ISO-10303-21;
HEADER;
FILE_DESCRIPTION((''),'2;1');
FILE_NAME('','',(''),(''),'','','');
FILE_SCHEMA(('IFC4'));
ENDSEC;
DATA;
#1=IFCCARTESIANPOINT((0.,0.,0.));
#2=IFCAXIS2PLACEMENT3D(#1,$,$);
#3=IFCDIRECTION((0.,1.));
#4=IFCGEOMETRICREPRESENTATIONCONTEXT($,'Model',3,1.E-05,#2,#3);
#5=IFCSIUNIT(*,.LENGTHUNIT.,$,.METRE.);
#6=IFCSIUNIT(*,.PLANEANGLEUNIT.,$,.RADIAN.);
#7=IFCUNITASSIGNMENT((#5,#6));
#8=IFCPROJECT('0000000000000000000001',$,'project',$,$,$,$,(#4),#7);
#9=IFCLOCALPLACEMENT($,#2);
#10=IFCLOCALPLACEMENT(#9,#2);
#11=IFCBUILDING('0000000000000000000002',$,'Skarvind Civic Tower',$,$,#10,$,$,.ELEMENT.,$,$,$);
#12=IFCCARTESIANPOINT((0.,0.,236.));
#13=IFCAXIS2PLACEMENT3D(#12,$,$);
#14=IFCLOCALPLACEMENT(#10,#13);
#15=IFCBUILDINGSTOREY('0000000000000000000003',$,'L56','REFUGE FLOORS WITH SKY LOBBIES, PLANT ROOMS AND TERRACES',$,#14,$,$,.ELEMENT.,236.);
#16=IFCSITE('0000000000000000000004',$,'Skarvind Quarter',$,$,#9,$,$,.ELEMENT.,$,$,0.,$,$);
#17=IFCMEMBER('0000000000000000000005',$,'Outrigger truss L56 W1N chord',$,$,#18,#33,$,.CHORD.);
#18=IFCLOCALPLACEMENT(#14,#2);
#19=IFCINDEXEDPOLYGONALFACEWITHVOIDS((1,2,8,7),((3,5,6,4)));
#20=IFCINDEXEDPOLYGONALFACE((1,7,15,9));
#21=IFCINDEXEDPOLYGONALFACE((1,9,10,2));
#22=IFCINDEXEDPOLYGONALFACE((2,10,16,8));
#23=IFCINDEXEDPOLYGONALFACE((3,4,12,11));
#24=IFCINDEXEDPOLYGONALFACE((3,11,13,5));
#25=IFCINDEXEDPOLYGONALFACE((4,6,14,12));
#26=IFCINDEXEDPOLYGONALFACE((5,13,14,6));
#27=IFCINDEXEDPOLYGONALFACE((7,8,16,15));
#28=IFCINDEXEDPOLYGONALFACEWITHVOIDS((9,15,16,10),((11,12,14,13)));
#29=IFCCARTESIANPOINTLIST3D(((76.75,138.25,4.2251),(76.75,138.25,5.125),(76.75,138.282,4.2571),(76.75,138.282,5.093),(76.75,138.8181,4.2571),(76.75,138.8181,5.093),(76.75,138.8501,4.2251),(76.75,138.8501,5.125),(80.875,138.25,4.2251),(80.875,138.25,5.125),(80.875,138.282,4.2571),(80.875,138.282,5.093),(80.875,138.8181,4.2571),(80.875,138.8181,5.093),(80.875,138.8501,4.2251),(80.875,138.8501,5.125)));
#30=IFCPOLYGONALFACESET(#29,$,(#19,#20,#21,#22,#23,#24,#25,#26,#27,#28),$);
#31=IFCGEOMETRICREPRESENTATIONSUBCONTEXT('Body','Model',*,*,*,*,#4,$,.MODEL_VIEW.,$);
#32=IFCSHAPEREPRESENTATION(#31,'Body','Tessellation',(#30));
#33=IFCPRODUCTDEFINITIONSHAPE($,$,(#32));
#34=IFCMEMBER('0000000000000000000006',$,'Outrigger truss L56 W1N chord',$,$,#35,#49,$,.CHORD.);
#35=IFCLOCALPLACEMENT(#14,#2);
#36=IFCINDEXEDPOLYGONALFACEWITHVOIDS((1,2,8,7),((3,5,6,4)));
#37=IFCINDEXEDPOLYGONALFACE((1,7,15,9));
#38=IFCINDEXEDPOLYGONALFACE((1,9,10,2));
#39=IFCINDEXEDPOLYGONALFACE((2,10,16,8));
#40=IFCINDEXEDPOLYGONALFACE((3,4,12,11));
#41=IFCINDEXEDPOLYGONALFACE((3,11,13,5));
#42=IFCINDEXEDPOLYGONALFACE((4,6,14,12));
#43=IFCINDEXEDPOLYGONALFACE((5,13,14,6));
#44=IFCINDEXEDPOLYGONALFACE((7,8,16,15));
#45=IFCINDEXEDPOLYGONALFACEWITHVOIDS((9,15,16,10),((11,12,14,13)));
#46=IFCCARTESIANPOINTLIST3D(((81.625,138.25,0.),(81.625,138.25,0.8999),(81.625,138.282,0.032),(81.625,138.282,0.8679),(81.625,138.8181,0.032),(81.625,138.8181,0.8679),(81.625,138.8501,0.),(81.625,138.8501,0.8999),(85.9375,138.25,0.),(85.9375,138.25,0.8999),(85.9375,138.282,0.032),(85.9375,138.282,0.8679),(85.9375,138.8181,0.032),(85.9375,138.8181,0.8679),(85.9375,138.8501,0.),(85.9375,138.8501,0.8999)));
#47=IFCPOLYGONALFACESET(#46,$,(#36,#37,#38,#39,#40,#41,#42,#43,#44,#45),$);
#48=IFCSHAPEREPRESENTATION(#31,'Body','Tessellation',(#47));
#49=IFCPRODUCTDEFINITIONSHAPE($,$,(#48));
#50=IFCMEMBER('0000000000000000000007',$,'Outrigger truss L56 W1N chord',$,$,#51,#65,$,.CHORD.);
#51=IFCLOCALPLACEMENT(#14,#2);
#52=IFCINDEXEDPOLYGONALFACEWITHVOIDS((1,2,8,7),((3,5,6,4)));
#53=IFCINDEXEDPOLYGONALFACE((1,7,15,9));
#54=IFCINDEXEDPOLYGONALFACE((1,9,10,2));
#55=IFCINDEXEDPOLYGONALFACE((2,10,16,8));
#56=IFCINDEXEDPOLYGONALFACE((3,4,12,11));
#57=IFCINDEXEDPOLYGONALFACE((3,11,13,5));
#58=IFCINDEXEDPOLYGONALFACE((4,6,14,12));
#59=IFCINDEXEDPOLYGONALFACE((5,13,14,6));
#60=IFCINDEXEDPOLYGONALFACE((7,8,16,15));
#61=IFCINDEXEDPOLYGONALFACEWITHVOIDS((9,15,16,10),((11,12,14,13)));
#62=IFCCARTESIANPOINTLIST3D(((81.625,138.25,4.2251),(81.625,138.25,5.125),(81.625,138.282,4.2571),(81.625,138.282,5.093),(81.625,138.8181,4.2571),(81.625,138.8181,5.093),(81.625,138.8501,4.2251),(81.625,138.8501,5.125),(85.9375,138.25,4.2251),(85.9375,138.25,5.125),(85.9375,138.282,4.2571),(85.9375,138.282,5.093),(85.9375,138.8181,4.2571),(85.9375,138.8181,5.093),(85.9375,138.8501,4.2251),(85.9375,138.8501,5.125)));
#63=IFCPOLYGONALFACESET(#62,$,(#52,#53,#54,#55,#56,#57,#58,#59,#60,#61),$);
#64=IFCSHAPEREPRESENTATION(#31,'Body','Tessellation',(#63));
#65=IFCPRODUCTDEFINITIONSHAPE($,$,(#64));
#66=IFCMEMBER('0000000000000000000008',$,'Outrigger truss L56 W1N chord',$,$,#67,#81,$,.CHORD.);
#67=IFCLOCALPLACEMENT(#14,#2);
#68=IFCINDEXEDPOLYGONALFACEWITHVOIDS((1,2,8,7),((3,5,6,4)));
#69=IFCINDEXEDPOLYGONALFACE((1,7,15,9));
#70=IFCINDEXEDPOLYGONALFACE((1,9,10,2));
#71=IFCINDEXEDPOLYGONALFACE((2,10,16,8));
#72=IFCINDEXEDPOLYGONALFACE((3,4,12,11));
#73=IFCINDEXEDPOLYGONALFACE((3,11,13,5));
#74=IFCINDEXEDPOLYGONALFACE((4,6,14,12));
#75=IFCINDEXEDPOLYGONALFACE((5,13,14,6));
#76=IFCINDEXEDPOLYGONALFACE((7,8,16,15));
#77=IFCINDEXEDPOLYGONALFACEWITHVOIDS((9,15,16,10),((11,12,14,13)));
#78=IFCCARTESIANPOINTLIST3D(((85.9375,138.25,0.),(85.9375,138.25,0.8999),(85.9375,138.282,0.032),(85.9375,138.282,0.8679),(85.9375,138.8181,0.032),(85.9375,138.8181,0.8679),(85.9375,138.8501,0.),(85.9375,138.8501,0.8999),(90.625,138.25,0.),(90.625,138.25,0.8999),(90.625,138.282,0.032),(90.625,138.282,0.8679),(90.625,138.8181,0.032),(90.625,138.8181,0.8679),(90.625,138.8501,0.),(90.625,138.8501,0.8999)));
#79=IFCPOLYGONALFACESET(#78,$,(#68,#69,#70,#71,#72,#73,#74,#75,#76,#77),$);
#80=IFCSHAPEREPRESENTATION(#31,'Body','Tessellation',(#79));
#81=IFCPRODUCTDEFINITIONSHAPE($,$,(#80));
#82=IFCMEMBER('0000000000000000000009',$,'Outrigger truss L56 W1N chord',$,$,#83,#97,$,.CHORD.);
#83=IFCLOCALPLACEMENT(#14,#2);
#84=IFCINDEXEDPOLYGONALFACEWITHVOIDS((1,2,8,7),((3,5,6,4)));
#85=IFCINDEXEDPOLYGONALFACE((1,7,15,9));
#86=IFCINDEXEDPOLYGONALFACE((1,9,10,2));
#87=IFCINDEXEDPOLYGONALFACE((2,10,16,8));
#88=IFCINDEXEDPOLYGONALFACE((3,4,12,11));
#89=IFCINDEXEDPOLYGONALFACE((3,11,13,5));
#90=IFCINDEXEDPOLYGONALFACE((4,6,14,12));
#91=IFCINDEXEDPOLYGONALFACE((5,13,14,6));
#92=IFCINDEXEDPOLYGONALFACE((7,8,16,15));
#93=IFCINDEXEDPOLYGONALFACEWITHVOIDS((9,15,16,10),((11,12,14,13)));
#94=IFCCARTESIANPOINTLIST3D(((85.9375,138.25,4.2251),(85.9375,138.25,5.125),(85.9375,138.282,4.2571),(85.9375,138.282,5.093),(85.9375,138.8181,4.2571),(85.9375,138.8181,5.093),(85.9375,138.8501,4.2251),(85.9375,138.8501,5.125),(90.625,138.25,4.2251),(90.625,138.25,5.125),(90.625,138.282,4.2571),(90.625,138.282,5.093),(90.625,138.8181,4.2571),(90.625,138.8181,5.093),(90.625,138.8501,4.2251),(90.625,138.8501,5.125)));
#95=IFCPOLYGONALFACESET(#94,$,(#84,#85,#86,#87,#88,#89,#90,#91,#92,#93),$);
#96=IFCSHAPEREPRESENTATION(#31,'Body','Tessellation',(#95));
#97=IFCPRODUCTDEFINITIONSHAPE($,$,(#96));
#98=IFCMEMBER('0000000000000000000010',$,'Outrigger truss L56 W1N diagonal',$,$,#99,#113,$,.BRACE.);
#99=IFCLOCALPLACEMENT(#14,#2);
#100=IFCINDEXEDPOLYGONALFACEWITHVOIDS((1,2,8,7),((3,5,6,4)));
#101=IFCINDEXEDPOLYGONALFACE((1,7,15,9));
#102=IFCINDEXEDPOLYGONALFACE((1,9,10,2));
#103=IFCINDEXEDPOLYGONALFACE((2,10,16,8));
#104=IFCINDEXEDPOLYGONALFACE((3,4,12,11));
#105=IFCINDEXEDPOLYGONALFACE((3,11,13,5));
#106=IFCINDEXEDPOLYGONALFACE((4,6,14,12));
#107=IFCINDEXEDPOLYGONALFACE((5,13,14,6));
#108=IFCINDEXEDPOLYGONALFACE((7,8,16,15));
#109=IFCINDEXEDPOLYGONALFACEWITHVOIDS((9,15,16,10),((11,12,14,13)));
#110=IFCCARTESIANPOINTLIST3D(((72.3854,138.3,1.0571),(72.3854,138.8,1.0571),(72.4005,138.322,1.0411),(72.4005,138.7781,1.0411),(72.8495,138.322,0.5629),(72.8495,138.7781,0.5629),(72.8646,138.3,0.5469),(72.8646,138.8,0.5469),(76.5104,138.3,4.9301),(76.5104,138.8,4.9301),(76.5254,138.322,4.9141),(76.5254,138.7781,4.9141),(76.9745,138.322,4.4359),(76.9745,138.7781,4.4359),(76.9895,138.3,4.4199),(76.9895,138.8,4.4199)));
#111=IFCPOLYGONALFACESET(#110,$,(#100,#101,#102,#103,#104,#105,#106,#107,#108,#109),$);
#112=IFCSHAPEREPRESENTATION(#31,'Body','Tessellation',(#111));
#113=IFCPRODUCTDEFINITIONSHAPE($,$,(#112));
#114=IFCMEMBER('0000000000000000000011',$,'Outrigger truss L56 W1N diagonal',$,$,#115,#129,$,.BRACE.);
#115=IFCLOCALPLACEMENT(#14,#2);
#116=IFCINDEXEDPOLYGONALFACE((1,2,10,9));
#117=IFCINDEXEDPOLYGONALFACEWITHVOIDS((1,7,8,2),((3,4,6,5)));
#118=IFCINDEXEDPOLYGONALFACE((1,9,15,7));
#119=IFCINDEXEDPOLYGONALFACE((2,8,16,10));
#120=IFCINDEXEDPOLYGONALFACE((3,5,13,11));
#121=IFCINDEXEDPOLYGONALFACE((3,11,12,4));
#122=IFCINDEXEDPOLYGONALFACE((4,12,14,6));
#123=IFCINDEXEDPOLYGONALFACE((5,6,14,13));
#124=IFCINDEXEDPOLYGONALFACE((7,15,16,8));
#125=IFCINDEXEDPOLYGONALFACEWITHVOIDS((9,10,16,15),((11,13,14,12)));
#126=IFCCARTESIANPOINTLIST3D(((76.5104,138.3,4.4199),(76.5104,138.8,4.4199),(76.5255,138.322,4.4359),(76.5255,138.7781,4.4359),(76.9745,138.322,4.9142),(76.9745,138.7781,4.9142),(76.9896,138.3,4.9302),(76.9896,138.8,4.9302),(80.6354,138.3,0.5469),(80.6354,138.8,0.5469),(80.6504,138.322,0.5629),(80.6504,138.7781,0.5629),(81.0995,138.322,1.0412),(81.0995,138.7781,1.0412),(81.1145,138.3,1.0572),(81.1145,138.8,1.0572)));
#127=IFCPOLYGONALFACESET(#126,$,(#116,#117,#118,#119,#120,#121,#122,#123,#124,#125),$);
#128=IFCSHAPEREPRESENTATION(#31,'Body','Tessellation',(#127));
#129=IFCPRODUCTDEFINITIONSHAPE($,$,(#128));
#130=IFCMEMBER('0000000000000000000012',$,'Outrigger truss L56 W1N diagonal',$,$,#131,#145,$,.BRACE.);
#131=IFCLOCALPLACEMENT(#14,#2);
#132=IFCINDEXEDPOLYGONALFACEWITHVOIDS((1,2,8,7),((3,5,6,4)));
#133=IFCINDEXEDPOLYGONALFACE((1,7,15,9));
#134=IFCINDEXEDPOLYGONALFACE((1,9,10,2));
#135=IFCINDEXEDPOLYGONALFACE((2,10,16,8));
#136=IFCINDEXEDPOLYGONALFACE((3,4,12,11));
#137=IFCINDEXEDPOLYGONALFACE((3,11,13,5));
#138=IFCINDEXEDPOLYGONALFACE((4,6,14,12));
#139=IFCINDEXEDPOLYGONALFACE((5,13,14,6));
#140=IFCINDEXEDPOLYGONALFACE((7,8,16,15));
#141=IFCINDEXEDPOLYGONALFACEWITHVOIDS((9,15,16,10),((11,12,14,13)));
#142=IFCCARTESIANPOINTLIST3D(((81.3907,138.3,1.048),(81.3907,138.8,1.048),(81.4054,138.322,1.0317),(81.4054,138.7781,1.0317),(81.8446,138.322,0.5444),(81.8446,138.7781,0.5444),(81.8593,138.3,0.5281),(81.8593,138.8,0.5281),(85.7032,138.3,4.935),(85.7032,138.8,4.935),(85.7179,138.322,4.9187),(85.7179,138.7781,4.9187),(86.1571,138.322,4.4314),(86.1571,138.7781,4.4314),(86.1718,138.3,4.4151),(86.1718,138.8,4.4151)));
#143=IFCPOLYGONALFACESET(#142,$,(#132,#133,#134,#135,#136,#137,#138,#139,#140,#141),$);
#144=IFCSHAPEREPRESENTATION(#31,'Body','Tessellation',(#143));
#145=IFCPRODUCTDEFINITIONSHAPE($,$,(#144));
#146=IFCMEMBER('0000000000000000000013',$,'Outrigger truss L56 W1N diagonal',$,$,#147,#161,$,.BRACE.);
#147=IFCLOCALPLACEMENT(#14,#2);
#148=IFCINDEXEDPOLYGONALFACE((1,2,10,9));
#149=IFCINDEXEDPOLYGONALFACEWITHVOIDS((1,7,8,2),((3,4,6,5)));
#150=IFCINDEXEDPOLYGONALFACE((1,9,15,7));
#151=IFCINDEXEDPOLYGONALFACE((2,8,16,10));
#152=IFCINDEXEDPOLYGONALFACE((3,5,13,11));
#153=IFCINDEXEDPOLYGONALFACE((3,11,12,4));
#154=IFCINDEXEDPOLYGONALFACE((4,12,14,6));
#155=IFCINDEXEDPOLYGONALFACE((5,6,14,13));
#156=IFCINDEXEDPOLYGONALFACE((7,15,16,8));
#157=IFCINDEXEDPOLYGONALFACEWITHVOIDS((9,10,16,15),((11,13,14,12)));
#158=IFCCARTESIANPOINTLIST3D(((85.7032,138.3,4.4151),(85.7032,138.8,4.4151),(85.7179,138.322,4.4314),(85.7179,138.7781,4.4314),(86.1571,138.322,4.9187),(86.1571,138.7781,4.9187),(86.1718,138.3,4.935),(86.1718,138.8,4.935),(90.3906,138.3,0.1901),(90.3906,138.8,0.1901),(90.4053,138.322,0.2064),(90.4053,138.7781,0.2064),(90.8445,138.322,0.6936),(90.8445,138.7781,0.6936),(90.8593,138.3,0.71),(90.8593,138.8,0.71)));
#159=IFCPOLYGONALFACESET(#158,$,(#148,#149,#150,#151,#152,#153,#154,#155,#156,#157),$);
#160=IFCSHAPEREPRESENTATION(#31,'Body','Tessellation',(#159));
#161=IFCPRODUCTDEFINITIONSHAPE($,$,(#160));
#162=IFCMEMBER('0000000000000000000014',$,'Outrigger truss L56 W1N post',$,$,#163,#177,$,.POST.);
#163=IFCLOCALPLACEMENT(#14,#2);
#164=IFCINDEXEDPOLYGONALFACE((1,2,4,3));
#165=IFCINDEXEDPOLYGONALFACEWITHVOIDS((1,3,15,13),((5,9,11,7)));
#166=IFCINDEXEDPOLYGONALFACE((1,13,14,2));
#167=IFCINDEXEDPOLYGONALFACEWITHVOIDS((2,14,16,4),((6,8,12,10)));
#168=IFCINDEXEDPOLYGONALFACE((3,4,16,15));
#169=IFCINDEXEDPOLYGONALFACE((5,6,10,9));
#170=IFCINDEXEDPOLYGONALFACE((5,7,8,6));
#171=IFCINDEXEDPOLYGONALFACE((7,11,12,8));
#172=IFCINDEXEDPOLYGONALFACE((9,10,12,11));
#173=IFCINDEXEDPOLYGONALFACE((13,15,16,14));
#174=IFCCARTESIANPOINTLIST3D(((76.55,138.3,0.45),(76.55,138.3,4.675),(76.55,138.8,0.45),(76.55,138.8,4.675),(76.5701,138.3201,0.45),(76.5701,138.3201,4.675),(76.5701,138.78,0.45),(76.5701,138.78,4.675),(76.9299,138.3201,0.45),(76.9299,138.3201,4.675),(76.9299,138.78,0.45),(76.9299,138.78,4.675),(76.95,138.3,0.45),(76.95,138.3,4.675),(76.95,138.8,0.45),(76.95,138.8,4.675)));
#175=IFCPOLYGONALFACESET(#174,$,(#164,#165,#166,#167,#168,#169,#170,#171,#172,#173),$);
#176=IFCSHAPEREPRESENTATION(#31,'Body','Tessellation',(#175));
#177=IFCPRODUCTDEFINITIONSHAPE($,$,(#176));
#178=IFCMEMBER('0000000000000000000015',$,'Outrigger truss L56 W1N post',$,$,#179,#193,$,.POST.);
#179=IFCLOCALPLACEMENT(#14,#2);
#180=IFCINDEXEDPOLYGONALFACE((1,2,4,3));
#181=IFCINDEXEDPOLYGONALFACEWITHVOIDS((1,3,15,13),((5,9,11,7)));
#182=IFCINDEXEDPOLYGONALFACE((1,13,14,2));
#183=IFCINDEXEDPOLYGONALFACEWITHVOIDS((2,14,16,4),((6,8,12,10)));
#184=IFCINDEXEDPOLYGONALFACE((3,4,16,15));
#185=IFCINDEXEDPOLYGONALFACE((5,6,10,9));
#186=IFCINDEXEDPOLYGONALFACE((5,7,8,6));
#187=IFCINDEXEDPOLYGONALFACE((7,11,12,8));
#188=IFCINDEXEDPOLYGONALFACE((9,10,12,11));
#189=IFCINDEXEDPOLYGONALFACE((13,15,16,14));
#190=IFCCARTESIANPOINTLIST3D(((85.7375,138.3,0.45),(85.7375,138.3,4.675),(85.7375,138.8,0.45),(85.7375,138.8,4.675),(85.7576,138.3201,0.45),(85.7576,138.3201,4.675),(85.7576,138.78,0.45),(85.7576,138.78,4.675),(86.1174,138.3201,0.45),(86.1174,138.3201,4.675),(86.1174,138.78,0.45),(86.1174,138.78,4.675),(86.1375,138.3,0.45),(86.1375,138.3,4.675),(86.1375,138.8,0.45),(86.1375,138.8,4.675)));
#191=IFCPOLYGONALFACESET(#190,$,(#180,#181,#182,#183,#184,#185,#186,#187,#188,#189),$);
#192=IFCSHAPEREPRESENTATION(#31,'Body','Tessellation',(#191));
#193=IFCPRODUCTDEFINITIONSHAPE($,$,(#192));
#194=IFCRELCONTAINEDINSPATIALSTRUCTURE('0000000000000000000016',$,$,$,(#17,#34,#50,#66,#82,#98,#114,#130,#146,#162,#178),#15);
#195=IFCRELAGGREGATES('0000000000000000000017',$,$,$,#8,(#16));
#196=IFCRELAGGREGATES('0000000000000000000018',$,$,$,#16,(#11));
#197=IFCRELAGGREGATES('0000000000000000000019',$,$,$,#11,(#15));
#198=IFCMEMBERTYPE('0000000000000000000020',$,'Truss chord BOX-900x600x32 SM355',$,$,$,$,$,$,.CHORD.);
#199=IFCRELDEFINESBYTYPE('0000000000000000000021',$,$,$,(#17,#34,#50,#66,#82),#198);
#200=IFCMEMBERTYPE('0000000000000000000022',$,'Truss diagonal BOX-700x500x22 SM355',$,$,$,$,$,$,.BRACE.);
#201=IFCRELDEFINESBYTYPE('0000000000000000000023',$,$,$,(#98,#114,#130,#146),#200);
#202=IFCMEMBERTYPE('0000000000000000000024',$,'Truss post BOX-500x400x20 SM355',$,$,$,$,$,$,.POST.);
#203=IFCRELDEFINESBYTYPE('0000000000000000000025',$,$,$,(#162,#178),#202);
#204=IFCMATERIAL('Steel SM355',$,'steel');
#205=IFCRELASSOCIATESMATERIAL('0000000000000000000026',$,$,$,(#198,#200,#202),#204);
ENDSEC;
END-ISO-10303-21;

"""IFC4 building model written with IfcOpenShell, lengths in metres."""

from ifc_helpers import new_model, si_unit, direction, frame, origin, origin_2d, place, context, subcontext, project, spatial, hollow_rectangle, extrude, material, material_profile, profile_set, type_object, element, save


model = new_model("IFC4")

# Units and contexts
model_context = context("Model", 3, precision=1e-05, world=origin(), true_north=direction((0.0, 1.0)))
body_context = subcontext(model_context, "Body", "Model", "MODEL_VIEW")
ifc_project = project(units=[si_unit("LENGTHUNIT", "METRE"), si_unit("PLANEANGLEUNIT", "RADIAN")], contexts=[model_context])

# Site, building, storey
site_placement = place(None, origin())
site = spatial("IfcSite", under=ifc_project, at=site_placement, Name="Skarvind Quarter", CompositionType="ELEMENT", RefElevation=0.0)
building_placement = place(site_placement, origin())
building = spatial("IfcBuilding", under=site, at=building_placement, Name="Skarvind Civic Tower", CompositionType="ELEMENT")
storey_placement = place(building_placement, frame((0.0, 0.0, 236.0)))
storey = spatial("IfcBuildingStorey", under=building, at=storey_placement, Name="L56", Description="REFUGE FLOORS WITH SKY LOBBIES, PLANT ROOMS AND TERRACES", CompositionType="ELEMENT", Elevation=236.0)

# Members
ifc_material_1 = material(Name="Steel SM355", Category="steel")
ifc_material_profile_1 = material_profile(ifc_material_1, hollow_rectangle(XDim=0.6001, YDim=0.8999, WallThickness=0.032, at=origin_2d()), Name="BOX-900x600x32")
ifc_profile_set_1 = profile_set([ifc_material_profile_1], Name="Steel SM355")
member_type_1 = type_object("IfcMemberType", Name="Truss chord BOX-900x600x32 SM355", PredefinedType="CHORD", material=ifc_profile_set_1)
for number, where, z_axis, x_axis, name in (
    (1, (76.75, 138.55, 4.675), (1.0, 0.0, 0.0), (0.0, 1.0, 0.0), "Outrigger truss L56 W1N chord"),
):
    element("IfcMember", number, at=place(storey_placement, frame(where, z_axis=z_axis, x_axis=x_axis)), inside=storey, type_object=member_type_1, Name=name, PredefinedType="CHORD", context=body_context, shape_type="SweptSolid", body=[
        extrude(hollow_rectangle(XDim=0.6001, YDim=0.8999, WallThickness=0.032, at=origin_2d()), origin(), (0.0, 0.0, 1.0), 4.125),
    ])
for number, where, z_axis, x_axis, name in (
    (2, (81.625, 138.55, 0.45), (1.0, 0.0, 0.0), (0.0, 1.0, 0.0), "Outrigger truss L56 W1N chord"),
    (3, (81.625, 138.55, 4.675), (1.0, 0.0, 0.0), (0.0, 1.0, 0.0), "Outrigger truss L56 W1N chord"),
):
    element("IfcMember", number, at=place(storey_placement, frame(where, z_axis=z_axis, x_axis=x_axis)), inside=storey, type_object=member_type_1, Name=name, PredefinedType="CHORD", context=body_context, shape_type="SweptSolid", body=[
        extrude(hollow_rectangle(XDim=0.6001, YDim=0.8999, WallThickness=0.032, at=origin_2d()), origin(), (0.0, 0.0, 1.0), 4.3125),
    ])
for number, where, z_axis, x_axis, name in (
    (4, (85.9375, 138.55, 0.45), (1.0, 0.0, 0.0), (0.0, 1.0, 0.0), "Outrigger truss L56 W1N chord"),
    (5, (85.9375, 138.55, 4.675), (1.0, 0.0, 0.0), (0.0, 1.0, 0.0), "Outrigger truss L56 W1N chord"),
):
    element("IfcMember", number, at=place(storey_placement, frame(where, z_axis=z_axis, x_axis=x_axis)), inside=storey, type_object=member_type_1, Name=name, PredefinedType="CHORD", context=body_context, shape_type="SweptSolid", body=[
        extrude(hollow_rectangle(XDim=0.6001, YDim=0.8999, WallThickness=0.032, at=origin_2d()), origin(), (0.0, 0.0, 1.0), 4.6875),
    ])
ifc_material_profile_2 = material_profile(ifc_material_1, hollow_rectangle(XDim=0.5, YDim=0.7, WallThickness=0.022, at=origin_2d()), Name="BOX-700x500x22")
ifc_profile_set_2 = profile_set([ifc_material_profile_2], Name="Steel SM355")
member_type_2 = type_object("IfcMemberType", Name="Truss diagonal BOX-700x500x22 SM355", PredefinedType="BRACE", material=ifc_profile_set_2)
for number, where, z_axis, x_axis, name in (
    (6, (72.625, 138.55, 0.802), (0.72902, 0.0, 0.684492), (0.0, 1.0, 0.0), "Outrigger truss L56 W1N diagonal"),
    (7, (76.75, 138.55, 4.675), (0.72902, 0.0, -0.684492), (0.0, 1.0, 0.0), "Outrigger truss L56 W1N diagonal"),
):
    element("IfcMember", number, at=place(storey_placement, frame(where, z_axis=z_axis, x_axis=x_axis)), inside=storey, type_object=member_type_2, Name=name, PredefinedType="BRACE", context=body_context, shape_type="SweptSolid", body=[
        extrude(hollow_rectangle(XDim=0.5, YDim=0.7, WallThickness=0.022, at=origin_2d()), origin(), (0.0, 0.0, 1.0), 5.6582),
    ])
member_1_placement = place(storey_placement, frame((81.625, 138.55, 0.7881), z_axis=(0.742805, 0.0, 0.669508), x_axis=(0.0, 1.0, 0.0)))
element("IfcMember", 8, at=member_1_placement, inside=storey, type_object=member_type_2, Name="Outrigger truss L56 W1N diagonal", PredefinedType="BRACE", context=body_context, shape_type="SweptSolid", body=[
    extrude(hollow_rectangle(XDim=0.5, YDim=0.7, WallThickness=0.022, at=origin_2d()), origin(), (0.0, 0.0, 1.0), 5.8057),
])
member_2_placement = place(storey_placement, frame((85.9375, 138.55, 4.675), z_axis=(0.742794, 0.0, -0.66952), x_axis=(0.0, 1.0, 0.0)))
element("IfcMember", 9, at=member_2_placement, inside=storey, type_object=member_type_2, Name="Outrigger truss L56 W1N diagonal", PredefinedType="BRACE", context=body_context, shape_type="SweptSolid", body=[
    extrude(hollow_rectangle(XDim=0.5, YDim=0.7, WallThickness=0.022, at=origin_2d()), origin(), (0.0, 0.0, 1.0), 6.3105),
])
ifc_material_profile_3 = material_profile(ifc_material_1, hollow_rectangle(XDim=0.3999, YDim=0.5, WallThickness=0.02, at=origin_2d()), Name="BOX-500x400x20")
ifc_profile_set_3 = profile_set([ifc_material_profile_3], Name="Steel SM355")
member_type_3 = type_object("IfcMemberType", Name="Truss post BOX-500x400x20 SM355", PredefinedType="POST", material=ifc_profile_set_3)
for number, where, z_axis, x_axis, name in (
    (10, (76.75, 138.55, 0.45), (0.0, 0.0, 1.0), (1.0, 0.0, 0.0), "Outrigger truss L56 W1N post"),
    (11, (85.9375, 138.55, 0.45), (0.0, 0.0, 1.0), (1.0, 0.0, 0.0), "Outrigger truss L56 W1N post"),
):
    element("IfcMember", number, at=place(storey_placement, frame(where, z_axis=z_axis, x_axis=x_axis)), inside=storey, type_object=member_type_3, Name=name, PredefinedType="POST", context=body_context, shape_type="SweptSolid", body=[
        extrude(hollow_rectangle(XDim=0.3999, YDim=0.5, WallThickness=0.02, at=origin_2d()), origin(), (0.0, 0.0, 1.0), 4.2251),
    ])

save(model, "model.ifc")
